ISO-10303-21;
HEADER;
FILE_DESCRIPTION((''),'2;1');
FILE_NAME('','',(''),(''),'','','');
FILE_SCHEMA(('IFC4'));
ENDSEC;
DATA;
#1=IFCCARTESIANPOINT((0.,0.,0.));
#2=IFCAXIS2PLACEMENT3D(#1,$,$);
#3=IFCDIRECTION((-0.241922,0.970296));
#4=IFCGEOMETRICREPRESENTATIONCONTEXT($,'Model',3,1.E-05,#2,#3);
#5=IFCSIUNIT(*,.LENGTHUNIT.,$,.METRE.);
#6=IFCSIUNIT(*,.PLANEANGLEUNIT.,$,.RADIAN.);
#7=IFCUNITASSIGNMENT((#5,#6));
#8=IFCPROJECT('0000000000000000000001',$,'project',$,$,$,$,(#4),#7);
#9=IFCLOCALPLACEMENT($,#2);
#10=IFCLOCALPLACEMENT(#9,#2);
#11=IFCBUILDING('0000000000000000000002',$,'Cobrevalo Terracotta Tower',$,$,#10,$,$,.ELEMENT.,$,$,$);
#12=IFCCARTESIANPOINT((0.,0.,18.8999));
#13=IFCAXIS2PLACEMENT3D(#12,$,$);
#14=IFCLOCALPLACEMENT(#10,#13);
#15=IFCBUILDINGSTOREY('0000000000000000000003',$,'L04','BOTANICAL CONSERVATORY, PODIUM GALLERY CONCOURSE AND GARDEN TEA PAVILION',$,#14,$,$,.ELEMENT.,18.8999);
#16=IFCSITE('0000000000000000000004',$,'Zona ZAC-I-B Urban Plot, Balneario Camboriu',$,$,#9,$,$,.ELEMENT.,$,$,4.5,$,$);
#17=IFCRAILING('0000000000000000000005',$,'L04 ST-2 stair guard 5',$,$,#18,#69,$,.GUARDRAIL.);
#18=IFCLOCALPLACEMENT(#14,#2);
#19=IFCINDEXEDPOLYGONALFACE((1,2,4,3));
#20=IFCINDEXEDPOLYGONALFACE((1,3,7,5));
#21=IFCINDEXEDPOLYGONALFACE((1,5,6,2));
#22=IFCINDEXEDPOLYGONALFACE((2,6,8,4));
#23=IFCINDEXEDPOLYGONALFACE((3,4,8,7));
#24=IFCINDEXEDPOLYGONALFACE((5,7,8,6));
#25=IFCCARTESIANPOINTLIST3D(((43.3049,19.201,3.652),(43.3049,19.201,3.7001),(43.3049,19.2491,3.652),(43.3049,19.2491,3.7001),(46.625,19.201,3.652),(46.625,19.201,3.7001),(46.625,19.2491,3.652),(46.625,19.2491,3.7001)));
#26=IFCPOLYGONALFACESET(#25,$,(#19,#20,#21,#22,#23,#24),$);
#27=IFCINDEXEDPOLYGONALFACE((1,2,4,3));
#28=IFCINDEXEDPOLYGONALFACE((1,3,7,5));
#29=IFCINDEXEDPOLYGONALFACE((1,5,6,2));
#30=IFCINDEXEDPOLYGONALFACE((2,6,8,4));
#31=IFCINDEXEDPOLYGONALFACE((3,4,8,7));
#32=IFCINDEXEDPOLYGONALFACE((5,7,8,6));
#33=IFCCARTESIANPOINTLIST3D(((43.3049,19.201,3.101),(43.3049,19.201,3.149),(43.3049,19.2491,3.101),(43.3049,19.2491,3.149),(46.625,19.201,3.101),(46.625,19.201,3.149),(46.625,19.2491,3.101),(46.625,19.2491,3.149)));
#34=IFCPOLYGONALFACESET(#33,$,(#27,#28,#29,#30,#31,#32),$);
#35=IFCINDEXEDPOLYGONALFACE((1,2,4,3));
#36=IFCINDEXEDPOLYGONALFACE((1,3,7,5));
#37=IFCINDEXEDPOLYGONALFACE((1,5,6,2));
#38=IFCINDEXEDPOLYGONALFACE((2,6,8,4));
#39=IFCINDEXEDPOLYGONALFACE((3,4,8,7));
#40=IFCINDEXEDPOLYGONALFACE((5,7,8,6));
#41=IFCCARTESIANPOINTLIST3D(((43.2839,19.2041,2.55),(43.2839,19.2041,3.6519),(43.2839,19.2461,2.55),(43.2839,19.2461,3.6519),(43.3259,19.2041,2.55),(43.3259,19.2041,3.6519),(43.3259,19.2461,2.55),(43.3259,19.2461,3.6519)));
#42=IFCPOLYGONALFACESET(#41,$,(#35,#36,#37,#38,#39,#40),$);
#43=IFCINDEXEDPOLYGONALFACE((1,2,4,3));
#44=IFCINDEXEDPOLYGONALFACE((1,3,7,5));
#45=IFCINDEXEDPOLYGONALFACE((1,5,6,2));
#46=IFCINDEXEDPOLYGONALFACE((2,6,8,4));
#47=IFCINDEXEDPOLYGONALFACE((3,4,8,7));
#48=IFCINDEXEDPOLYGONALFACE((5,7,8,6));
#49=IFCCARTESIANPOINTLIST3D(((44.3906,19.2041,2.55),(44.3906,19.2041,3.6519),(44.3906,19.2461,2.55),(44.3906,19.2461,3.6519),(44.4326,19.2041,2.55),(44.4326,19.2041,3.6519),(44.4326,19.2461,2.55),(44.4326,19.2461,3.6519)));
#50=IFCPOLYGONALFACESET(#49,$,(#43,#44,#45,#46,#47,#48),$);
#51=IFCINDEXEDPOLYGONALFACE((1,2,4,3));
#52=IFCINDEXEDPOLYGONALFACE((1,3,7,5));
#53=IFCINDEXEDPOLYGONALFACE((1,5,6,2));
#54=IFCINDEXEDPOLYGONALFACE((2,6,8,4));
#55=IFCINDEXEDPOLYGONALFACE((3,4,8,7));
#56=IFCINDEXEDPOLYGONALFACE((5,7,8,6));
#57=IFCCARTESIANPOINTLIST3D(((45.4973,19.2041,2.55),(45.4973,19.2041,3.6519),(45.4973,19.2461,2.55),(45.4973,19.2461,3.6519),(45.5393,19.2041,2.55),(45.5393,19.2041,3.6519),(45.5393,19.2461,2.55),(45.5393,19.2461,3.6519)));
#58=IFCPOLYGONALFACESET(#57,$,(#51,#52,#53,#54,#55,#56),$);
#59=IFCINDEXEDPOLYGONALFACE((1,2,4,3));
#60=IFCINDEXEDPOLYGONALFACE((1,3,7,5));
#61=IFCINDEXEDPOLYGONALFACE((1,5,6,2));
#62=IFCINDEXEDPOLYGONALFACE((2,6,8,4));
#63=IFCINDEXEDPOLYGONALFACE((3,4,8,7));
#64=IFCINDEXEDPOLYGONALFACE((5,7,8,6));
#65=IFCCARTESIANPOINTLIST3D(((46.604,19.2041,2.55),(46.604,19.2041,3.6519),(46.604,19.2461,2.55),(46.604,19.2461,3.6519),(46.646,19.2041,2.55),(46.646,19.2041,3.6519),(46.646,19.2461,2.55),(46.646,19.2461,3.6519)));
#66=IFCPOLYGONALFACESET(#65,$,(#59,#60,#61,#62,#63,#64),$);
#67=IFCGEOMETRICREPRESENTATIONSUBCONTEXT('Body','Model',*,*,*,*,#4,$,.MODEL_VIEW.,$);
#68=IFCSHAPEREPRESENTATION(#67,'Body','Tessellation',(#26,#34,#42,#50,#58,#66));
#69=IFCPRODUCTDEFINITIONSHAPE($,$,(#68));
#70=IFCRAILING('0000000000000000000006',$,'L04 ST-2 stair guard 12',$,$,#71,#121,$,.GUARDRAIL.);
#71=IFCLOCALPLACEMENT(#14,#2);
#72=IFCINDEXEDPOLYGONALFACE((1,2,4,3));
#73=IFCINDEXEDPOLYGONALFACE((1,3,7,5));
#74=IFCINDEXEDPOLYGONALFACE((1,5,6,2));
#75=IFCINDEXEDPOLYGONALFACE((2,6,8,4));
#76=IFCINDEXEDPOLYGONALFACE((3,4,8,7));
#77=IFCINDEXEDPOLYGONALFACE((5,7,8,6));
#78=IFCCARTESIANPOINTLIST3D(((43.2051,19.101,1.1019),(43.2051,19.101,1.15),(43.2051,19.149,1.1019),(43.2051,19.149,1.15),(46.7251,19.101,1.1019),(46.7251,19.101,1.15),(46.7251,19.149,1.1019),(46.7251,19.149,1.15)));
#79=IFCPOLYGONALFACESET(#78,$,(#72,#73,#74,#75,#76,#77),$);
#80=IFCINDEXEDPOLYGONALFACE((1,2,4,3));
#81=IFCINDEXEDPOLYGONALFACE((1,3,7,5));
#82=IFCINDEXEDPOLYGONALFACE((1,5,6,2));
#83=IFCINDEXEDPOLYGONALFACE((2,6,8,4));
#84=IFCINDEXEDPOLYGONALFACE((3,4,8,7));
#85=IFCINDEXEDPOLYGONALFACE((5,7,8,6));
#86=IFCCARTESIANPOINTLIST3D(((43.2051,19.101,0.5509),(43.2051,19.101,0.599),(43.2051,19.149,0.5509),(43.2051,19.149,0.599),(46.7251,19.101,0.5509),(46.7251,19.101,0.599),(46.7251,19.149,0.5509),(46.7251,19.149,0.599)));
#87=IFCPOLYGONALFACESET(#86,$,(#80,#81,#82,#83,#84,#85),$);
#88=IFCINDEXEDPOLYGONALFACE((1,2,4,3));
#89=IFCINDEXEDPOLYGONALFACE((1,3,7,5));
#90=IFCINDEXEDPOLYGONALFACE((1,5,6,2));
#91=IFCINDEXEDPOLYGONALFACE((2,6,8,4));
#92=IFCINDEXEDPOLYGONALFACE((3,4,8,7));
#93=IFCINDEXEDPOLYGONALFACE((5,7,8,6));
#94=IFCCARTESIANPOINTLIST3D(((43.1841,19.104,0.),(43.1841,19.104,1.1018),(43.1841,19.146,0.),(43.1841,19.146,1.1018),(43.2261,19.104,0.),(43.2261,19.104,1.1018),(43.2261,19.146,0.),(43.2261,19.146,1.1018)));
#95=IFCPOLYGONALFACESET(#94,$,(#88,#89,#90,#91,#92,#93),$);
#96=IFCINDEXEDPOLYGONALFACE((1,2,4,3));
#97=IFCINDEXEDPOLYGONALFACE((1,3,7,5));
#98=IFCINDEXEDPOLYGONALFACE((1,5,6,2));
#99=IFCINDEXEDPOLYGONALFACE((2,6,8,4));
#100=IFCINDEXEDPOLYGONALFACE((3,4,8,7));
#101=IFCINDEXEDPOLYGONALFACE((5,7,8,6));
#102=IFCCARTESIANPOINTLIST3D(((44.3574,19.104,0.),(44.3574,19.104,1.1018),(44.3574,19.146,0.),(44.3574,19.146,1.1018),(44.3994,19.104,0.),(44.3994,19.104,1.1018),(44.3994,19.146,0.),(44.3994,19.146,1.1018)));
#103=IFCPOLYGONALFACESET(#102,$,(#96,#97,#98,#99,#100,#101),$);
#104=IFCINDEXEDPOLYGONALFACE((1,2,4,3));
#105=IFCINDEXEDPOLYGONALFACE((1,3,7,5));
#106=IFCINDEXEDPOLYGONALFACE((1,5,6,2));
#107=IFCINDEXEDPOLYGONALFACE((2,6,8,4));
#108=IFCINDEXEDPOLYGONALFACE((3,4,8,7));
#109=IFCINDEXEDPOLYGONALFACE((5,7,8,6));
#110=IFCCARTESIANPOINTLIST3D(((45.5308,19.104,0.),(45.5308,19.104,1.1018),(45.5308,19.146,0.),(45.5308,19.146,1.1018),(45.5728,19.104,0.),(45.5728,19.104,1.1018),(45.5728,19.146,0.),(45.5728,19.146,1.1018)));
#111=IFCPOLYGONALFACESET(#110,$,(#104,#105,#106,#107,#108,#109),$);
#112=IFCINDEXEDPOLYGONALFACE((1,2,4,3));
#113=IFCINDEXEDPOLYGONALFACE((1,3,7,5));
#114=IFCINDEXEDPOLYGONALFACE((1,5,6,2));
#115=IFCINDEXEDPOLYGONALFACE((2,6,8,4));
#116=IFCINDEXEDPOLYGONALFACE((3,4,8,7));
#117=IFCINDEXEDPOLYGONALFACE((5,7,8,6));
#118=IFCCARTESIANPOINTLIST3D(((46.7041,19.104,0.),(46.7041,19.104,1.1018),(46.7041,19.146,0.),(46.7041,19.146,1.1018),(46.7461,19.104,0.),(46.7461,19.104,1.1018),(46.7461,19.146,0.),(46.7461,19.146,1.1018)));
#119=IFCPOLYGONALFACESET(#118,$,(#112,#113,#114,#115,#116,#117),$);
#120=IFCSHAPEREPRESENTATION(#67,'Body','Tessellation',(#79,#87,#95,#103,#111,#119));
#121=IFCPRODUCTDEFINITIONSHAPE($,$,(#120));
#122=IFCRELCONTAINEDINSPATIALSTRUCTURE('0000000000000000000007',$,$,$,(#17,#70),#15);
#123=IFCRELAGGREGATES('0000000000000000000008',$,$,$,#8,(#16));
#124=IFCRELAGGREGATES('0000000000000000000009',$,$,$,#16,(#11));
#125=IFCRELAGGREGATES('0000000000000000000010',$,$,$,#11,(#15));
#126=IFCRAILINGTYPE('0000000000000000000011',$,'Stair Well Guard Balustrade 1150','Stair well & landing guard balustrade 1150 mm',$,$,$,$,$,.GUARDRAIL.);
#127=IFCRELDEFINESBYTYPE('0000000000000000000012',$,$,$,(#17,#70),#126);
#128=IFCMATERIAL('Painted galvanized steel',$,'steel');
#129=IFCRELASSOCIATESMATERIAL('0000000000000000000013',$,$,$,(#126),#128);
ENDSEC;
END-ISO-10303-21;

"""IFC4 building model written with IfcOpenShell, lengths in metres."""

from ifc_helpers import new_model, si_unit, direction, frame, origin, origin_2d, place, context, subcontext, project, spatial, rectangle, extrude, material, type_object, element, save


model = new_model("IFC4")

# Units and contexts
model_context = context("Model", 3, precision=1e-05, world=origin(), true_north=direction((-0.241922, 0.970296)))
body_context = subcontext(model_context, "Body", "Model", "MODEL_VIEW")
ifc_project = project(units=[si_unit("LENGTHUNIT", "METRE"), si_unit("PLANEANGLEUNIT", "RADIAN")], contexts=[model_context])

# Site, building, storey
site_placement = place(None, origin())
site = spatial("IfcSite", under=ifc_project, at=site_placement, Name="Zona ZAC-I-B Urban Plot, Balneario Camboriu", CompositionType="ELEMENT", RefElevation=4.5)
building_placement = place(site_placement, origin())
building = spatial("IfcBuilding", under=site, at=building_placement, Name="Cobrevalo Terracotta Tower", CompositionType="ELEMENT")
storey_placement = place(building_placement, frame((0.0, 0.0, 18.8999)))
storey = spatial("IfcBuildingStorey", under=building, at=storey_placement, Name="L04", Description="BOTANICAL CONSERVATORY, PODIUM GALLERY CONCOURSE AND GARDEN TEA PAVILION", CompositionType="ELEMENT", Elevation=18.8999)

# Railings
ifc_material_1 = material(Name="Painted galvanized steel", Category="steel")
railing_type = type_object("IfcRailingType", Name="Stair Well Guard Balustrade 1150", Description="Stair well & landing guard balustrade 1150 mm", PredefinedType="GUARDRAIL", material=ifc_material_1)
railing_1_placement = place(storey_placement, frame((43.3049, 19.2251, 2.55)))
element("IfcRailing", 1, at=railing_1_placement, inside=storey, type_object=railing_type, Name="L04 ST-2 stair guard 5", PredefinedType="GUARDRAIL", context=body_context, shape_type="SweptSolid", body=[
    extrude(rectangle(XDim=0.0481, YDim=0.0481, at=origin_2d()), frame((0.0, 0.0, 1.126), z_axis=(1.0, 0.0, 0.0), x_axis=(0.0, 1.0, 0.0)), (0.0, 0.0, 1.0), 3.3201),
    extrude(rectangle(XDim=0.0481, YDim=0.0481, at=origin_2d()), frame((0.0, 0.0, 0.575), z_axis=(1.0, 0.0, 0.0), x_axis=(0.0, 1.0, 0.0)), (0.0, 0.0, 1.0), 3.3201),
    extrude(rectangle(XDim=0.042, YDim=0.042, at=origin_2d()), origin(), (0.0, 0.0, 1.0), 1.1018),
    extrude(rectangle(XDim=0.042, YDim=0.042, at=origin_2d()), frame((1.1067, 0.0, 0.0)), (0.0, 0.0, 1.0), 1.1018),
    extrude(rectangle(XDim=0.042, YDim=0.042, at=origin_2d()), frame((2.2134, 0.0, 0.0)), (0.0, 0.0, 1.0), 1.1018),
    extrude(rectangle(XDim=0.042, YDim=0.042, at=origin_2d()), frame((3.3201, 0.0, 0.0)), (0.0, 0.0, 1.0), 1.1018),
])
railing_2_placement = place(storey_placement, frame((43.2051, 19.125, 0.0)))
element("IfcRailing", 2, at=railing_2_placement, inside=storey, type_object=railing_type, Name="L04 ST-2 stair guard 12", PredefinedType="GUARDRAIL", context=body_context, shape_type="SweptSolid", body=[
    extrude(rectangle(XDim=0.0481, YDim=0.0481, at=origin_2d()), frame((0.0, 0.0, 1.126), z_axis=(1.0, 0.0, 0.0), x_axis=(0.0, 1.0, 0.0)), (0.0, 0.0, 1.0), 3.52),
    extrude(rectangle(XDim=0.0481, YDim=0.0481, at=origin_2d()), frame((0.0, 0.0, 0.575), z_axis=(1.0, 0.0, 0.0), x_axis=(0.0, 1.0, 0.0)), (0.0, 0.0, 1.0), 3.52),
    extrude(rectangle(XDim=0.042, YDim=0.042, at=origin_2d()), origin(), (0.0, 0.0, 1.0), 1.1018),
    extrude(rectangle(XDim=0.042, YDim=0.042, at=origin_2d()), frame((1.1733, 0.0, 0.0)), (0.0, 0.0, 1.0), 1.1018),
    extrude(rectangle(XDim=0.042, YDim=0.042, at=origin_2d()), frame((2.3467, 0.0, 0.0)), (0.0, 0.0, 1.0), 1.1018),
    extrude(rectangle(XDim=0.042, YDim=0.042, at=origin_2d()), frame((3.52, 0.0, 0.0)), (0.0, 0.0, 1.0), 1.1018),
])

save(model, "model.ifc")
